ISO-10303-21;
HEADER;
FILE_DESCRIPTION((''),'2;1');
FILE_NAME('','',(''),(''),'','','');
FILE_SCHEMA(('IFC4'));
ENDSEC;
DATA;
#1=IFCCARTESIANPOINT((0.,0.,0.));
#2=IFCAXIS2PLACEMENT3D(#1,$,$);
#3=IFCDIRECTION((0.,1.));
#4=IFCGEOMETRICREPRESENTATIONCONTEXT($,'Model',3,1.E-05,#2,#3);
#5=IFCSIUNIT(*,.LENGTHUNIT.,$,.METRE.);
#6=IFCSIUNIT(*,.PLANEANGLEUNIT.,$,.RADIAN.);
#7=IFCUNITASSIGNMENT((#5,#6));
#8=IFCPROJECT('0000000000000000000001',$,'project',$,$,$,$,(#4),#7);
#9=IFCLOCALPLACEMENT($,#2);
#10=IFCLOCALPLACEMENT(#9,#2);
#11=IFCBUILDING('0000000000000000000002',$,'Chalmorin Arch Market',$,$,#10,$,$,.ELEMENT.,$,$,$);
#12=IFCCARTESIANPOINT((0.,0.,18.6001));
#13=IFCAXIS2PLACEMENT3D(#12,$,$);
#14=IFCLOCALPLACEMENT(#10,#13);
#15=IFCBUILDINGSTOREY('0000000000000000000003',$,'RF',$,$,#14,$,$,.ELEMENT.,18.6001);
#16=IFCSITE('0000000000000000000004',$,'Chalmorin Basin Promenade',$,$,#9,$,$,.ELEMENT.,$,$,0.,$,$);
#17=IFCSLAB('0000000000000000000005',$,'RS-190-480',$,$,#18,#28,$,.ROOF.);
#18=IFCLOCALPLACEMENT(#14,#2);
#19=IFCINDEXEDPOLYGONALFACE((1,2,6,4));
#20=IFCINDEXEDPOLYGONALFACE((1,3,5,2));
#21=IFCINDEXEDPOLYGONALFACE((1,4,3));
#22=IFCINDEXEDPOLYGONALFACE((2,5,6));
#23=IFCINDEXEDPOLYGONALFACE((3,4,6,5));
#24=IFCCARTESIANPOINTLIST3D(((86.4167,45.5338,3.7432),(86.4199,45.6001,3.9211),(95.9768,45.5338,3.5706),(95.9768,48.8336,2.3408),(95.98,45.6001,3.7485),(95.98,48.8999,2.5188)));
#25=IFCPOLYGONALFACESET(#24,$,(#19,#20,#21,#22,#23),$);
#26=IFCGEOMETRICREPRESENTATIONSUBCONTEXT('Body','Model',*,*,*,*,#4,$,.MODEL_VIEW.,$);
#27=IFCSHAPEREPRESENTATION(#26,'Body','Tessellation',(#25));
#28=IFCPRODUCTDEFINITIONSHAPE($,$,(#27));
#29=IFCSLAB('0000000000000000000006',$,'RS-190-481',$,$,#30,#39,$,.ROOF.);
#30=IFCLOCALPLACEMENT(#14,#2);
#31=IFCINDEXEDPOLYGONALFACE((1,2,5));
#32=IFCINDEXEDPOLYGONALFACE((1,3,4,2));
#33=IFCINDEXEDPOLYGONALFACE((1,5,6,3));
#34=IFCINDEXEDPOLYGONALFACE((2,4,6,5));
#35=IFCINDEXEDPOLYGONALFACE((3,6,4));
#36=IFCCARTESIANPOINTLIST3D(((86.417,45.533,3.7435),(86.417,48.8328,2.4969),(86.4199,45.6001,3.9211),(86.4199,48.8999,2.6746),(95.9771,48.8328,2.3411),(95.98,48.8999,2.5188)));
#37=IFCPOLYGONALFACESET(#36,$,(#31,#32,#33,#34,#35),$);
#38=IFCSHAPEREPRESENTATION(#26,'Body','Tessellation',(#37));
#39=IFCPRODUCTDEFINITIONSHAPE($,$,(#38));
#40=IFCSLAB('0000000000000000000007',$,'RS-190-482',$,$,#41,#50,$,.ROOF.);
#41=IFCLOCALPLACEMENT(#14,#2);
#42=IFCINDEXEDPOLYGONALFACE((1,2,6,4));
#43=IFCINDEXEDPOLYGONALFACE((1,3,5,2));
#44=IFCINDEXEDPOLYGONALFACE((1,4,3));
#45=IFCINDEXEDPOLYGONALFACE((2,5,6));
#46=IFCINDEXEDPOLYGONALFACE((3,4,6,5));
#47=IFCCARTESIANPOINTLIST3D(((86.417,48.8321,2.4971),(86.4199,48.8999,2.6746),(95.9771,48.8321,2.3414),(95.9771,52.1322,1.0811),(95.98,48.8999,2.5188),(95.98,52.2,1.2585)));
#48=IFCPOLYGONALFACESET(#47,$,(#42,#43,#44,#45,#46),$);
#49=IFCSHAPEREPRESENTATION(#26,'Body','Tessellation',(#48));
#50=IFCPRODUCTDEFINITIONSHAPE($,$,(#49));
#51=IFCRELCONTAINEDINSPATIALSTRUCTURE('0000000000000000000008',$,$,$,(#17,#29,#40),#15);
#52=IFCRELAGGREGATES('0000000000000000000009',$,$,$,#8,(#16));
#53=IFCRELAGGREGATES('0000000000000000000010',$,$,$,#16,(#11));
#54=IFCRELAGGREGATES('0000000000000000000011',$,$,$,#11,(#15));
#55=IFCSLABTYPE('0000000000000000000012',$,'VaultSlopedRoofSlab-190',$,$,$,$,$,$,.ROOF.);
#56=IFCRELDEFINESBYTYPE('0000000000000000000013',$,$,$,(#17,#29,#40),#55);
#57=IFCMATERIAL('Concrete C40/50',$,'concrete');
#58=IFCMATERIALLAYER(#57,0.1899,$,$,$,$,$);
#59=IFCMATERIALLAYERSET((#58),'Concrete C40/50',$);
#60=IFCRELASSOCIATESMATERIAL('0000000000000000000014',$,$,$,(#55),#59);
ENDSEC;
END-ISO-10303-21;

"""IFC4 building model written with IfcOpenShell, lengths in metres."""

from ifc_helpers import new_model, si_unit, direction, frame, origin, place, context, subcontext, project, spatial, polyline, outline, extrude, material, layer, layer_set, type_object, element, save


model = new_model("IFC4")

# Units and contexts
model_context = context("Model", 3, precision=1e-05, world=origin(), true_north=direction((0.0, 1.0)))
body_context = subcontext(model_context, "Body", "Model", "MODEL_VIEW")
ifc_project = project(units=[si_unit("LENGTHUNIT", "METRE"), si_unit("PLANEANGLEUNIT", "RADIAN")], contexts=[model_context])

# Site, building, storey
site_placement = place(None, origin())
site = spatial("IfcSite", under=ifc_project, at=site_placement, Name="Chalmorin Basin Promenade", CompositionType="ELEMENT", RefElevation=0.0)
building_placement = place(site_placement, origin())
building = spatial("IfcBuilding", under=site, at=building_placement, Name="Chalmorin Arch Market", CompositionType="ELEMENT")
storey_placement = place(building_placement, frame((0.0, 0.0, 18.6001)))
storey = spatial("IfcBuildingStorey", under=building, at=storey_placement, Name="RF", CompositionType="ELEMENT", Elevation=18.6001)

# Slabs
ifc_material_1 = material(Name="Concrete C40/50", Category="concrete")
ifc_layer_1 = layer(ifc_material_1, 0.1899)
ifc_layer_set_1 = layer_set([ifc_layer_1], Name="Concrete C40/50")
slab_type = type_object("IfcSlabType", Name="VaultSlopedRoofSlab-190", PredefinedType="ROOF", material=ifc_layer_set_1)
slab_1_placement = place(storey_placement, frame((86.4199, 45.6001, 3.9211), z_axis=(0.016916, 0.349158, 0.936911), x_axis=(0.999837, 0.0, -0.018052)))
element("IfcSlab", 1, at=slab_1_placement, inside=storey, type_object=slab_type, Name="RS-190-480", PredefinedType="ROOF", context=body_context, shape_type="SweptSolid", body=[
    extrude(outline(polyline([(0.0, 0.0), (9.5616, 0.0), (9.5838, 3.5214), (0.0, 0.0)])), origin(), (0.0, 0.0, -1.0), 0.1899),
])
slab_2_placement = place(storey_placement, frame((86.4199, 45.6001, 3.9211), z_axis=(0.01524, 0.353357, 0.935364), x_axis=(0.936316, 0.323184, -0.137346)))
element("IfcSlab", 2, at=slab_2_placement, inside=storey, type_object=slab_type, Name="RS-190-481", PredefinedType="ROOF", context=body_context, shape_type="SweptSolid", body=[
    extrude(outline(polyline([(0.0, 0.0), (10.2103, 0.0), (1.2377, 3.3032), (0.0, 0.0)])), origin(), (0.0, 0.0, -1.0), 0.1899),
])
slab_3_placement = place(storey_placement, frame((86.4199, 48.8999, 2.6746), z_axis=(0.015219, 0.356718, 0.934088), x_axis=(0.999867, 0.0, -0.016291)))
element("IfcSlab", 3, at=slab_3_placement, inside=storey, type_object=slab_type, Name="RS-190-482", PredefinedType="ROOF", context=body_context, shape_type="SweptSolid", body=[
    extrude(outline(polyline([(0.0, 0.0), (9.5613, 0.0), (9.5819, 3.5324), (0.0, 0.0)])), origin(), (0.0, 0.0, -1.0), 0.1899),
])

save(model, "model.ifc")
